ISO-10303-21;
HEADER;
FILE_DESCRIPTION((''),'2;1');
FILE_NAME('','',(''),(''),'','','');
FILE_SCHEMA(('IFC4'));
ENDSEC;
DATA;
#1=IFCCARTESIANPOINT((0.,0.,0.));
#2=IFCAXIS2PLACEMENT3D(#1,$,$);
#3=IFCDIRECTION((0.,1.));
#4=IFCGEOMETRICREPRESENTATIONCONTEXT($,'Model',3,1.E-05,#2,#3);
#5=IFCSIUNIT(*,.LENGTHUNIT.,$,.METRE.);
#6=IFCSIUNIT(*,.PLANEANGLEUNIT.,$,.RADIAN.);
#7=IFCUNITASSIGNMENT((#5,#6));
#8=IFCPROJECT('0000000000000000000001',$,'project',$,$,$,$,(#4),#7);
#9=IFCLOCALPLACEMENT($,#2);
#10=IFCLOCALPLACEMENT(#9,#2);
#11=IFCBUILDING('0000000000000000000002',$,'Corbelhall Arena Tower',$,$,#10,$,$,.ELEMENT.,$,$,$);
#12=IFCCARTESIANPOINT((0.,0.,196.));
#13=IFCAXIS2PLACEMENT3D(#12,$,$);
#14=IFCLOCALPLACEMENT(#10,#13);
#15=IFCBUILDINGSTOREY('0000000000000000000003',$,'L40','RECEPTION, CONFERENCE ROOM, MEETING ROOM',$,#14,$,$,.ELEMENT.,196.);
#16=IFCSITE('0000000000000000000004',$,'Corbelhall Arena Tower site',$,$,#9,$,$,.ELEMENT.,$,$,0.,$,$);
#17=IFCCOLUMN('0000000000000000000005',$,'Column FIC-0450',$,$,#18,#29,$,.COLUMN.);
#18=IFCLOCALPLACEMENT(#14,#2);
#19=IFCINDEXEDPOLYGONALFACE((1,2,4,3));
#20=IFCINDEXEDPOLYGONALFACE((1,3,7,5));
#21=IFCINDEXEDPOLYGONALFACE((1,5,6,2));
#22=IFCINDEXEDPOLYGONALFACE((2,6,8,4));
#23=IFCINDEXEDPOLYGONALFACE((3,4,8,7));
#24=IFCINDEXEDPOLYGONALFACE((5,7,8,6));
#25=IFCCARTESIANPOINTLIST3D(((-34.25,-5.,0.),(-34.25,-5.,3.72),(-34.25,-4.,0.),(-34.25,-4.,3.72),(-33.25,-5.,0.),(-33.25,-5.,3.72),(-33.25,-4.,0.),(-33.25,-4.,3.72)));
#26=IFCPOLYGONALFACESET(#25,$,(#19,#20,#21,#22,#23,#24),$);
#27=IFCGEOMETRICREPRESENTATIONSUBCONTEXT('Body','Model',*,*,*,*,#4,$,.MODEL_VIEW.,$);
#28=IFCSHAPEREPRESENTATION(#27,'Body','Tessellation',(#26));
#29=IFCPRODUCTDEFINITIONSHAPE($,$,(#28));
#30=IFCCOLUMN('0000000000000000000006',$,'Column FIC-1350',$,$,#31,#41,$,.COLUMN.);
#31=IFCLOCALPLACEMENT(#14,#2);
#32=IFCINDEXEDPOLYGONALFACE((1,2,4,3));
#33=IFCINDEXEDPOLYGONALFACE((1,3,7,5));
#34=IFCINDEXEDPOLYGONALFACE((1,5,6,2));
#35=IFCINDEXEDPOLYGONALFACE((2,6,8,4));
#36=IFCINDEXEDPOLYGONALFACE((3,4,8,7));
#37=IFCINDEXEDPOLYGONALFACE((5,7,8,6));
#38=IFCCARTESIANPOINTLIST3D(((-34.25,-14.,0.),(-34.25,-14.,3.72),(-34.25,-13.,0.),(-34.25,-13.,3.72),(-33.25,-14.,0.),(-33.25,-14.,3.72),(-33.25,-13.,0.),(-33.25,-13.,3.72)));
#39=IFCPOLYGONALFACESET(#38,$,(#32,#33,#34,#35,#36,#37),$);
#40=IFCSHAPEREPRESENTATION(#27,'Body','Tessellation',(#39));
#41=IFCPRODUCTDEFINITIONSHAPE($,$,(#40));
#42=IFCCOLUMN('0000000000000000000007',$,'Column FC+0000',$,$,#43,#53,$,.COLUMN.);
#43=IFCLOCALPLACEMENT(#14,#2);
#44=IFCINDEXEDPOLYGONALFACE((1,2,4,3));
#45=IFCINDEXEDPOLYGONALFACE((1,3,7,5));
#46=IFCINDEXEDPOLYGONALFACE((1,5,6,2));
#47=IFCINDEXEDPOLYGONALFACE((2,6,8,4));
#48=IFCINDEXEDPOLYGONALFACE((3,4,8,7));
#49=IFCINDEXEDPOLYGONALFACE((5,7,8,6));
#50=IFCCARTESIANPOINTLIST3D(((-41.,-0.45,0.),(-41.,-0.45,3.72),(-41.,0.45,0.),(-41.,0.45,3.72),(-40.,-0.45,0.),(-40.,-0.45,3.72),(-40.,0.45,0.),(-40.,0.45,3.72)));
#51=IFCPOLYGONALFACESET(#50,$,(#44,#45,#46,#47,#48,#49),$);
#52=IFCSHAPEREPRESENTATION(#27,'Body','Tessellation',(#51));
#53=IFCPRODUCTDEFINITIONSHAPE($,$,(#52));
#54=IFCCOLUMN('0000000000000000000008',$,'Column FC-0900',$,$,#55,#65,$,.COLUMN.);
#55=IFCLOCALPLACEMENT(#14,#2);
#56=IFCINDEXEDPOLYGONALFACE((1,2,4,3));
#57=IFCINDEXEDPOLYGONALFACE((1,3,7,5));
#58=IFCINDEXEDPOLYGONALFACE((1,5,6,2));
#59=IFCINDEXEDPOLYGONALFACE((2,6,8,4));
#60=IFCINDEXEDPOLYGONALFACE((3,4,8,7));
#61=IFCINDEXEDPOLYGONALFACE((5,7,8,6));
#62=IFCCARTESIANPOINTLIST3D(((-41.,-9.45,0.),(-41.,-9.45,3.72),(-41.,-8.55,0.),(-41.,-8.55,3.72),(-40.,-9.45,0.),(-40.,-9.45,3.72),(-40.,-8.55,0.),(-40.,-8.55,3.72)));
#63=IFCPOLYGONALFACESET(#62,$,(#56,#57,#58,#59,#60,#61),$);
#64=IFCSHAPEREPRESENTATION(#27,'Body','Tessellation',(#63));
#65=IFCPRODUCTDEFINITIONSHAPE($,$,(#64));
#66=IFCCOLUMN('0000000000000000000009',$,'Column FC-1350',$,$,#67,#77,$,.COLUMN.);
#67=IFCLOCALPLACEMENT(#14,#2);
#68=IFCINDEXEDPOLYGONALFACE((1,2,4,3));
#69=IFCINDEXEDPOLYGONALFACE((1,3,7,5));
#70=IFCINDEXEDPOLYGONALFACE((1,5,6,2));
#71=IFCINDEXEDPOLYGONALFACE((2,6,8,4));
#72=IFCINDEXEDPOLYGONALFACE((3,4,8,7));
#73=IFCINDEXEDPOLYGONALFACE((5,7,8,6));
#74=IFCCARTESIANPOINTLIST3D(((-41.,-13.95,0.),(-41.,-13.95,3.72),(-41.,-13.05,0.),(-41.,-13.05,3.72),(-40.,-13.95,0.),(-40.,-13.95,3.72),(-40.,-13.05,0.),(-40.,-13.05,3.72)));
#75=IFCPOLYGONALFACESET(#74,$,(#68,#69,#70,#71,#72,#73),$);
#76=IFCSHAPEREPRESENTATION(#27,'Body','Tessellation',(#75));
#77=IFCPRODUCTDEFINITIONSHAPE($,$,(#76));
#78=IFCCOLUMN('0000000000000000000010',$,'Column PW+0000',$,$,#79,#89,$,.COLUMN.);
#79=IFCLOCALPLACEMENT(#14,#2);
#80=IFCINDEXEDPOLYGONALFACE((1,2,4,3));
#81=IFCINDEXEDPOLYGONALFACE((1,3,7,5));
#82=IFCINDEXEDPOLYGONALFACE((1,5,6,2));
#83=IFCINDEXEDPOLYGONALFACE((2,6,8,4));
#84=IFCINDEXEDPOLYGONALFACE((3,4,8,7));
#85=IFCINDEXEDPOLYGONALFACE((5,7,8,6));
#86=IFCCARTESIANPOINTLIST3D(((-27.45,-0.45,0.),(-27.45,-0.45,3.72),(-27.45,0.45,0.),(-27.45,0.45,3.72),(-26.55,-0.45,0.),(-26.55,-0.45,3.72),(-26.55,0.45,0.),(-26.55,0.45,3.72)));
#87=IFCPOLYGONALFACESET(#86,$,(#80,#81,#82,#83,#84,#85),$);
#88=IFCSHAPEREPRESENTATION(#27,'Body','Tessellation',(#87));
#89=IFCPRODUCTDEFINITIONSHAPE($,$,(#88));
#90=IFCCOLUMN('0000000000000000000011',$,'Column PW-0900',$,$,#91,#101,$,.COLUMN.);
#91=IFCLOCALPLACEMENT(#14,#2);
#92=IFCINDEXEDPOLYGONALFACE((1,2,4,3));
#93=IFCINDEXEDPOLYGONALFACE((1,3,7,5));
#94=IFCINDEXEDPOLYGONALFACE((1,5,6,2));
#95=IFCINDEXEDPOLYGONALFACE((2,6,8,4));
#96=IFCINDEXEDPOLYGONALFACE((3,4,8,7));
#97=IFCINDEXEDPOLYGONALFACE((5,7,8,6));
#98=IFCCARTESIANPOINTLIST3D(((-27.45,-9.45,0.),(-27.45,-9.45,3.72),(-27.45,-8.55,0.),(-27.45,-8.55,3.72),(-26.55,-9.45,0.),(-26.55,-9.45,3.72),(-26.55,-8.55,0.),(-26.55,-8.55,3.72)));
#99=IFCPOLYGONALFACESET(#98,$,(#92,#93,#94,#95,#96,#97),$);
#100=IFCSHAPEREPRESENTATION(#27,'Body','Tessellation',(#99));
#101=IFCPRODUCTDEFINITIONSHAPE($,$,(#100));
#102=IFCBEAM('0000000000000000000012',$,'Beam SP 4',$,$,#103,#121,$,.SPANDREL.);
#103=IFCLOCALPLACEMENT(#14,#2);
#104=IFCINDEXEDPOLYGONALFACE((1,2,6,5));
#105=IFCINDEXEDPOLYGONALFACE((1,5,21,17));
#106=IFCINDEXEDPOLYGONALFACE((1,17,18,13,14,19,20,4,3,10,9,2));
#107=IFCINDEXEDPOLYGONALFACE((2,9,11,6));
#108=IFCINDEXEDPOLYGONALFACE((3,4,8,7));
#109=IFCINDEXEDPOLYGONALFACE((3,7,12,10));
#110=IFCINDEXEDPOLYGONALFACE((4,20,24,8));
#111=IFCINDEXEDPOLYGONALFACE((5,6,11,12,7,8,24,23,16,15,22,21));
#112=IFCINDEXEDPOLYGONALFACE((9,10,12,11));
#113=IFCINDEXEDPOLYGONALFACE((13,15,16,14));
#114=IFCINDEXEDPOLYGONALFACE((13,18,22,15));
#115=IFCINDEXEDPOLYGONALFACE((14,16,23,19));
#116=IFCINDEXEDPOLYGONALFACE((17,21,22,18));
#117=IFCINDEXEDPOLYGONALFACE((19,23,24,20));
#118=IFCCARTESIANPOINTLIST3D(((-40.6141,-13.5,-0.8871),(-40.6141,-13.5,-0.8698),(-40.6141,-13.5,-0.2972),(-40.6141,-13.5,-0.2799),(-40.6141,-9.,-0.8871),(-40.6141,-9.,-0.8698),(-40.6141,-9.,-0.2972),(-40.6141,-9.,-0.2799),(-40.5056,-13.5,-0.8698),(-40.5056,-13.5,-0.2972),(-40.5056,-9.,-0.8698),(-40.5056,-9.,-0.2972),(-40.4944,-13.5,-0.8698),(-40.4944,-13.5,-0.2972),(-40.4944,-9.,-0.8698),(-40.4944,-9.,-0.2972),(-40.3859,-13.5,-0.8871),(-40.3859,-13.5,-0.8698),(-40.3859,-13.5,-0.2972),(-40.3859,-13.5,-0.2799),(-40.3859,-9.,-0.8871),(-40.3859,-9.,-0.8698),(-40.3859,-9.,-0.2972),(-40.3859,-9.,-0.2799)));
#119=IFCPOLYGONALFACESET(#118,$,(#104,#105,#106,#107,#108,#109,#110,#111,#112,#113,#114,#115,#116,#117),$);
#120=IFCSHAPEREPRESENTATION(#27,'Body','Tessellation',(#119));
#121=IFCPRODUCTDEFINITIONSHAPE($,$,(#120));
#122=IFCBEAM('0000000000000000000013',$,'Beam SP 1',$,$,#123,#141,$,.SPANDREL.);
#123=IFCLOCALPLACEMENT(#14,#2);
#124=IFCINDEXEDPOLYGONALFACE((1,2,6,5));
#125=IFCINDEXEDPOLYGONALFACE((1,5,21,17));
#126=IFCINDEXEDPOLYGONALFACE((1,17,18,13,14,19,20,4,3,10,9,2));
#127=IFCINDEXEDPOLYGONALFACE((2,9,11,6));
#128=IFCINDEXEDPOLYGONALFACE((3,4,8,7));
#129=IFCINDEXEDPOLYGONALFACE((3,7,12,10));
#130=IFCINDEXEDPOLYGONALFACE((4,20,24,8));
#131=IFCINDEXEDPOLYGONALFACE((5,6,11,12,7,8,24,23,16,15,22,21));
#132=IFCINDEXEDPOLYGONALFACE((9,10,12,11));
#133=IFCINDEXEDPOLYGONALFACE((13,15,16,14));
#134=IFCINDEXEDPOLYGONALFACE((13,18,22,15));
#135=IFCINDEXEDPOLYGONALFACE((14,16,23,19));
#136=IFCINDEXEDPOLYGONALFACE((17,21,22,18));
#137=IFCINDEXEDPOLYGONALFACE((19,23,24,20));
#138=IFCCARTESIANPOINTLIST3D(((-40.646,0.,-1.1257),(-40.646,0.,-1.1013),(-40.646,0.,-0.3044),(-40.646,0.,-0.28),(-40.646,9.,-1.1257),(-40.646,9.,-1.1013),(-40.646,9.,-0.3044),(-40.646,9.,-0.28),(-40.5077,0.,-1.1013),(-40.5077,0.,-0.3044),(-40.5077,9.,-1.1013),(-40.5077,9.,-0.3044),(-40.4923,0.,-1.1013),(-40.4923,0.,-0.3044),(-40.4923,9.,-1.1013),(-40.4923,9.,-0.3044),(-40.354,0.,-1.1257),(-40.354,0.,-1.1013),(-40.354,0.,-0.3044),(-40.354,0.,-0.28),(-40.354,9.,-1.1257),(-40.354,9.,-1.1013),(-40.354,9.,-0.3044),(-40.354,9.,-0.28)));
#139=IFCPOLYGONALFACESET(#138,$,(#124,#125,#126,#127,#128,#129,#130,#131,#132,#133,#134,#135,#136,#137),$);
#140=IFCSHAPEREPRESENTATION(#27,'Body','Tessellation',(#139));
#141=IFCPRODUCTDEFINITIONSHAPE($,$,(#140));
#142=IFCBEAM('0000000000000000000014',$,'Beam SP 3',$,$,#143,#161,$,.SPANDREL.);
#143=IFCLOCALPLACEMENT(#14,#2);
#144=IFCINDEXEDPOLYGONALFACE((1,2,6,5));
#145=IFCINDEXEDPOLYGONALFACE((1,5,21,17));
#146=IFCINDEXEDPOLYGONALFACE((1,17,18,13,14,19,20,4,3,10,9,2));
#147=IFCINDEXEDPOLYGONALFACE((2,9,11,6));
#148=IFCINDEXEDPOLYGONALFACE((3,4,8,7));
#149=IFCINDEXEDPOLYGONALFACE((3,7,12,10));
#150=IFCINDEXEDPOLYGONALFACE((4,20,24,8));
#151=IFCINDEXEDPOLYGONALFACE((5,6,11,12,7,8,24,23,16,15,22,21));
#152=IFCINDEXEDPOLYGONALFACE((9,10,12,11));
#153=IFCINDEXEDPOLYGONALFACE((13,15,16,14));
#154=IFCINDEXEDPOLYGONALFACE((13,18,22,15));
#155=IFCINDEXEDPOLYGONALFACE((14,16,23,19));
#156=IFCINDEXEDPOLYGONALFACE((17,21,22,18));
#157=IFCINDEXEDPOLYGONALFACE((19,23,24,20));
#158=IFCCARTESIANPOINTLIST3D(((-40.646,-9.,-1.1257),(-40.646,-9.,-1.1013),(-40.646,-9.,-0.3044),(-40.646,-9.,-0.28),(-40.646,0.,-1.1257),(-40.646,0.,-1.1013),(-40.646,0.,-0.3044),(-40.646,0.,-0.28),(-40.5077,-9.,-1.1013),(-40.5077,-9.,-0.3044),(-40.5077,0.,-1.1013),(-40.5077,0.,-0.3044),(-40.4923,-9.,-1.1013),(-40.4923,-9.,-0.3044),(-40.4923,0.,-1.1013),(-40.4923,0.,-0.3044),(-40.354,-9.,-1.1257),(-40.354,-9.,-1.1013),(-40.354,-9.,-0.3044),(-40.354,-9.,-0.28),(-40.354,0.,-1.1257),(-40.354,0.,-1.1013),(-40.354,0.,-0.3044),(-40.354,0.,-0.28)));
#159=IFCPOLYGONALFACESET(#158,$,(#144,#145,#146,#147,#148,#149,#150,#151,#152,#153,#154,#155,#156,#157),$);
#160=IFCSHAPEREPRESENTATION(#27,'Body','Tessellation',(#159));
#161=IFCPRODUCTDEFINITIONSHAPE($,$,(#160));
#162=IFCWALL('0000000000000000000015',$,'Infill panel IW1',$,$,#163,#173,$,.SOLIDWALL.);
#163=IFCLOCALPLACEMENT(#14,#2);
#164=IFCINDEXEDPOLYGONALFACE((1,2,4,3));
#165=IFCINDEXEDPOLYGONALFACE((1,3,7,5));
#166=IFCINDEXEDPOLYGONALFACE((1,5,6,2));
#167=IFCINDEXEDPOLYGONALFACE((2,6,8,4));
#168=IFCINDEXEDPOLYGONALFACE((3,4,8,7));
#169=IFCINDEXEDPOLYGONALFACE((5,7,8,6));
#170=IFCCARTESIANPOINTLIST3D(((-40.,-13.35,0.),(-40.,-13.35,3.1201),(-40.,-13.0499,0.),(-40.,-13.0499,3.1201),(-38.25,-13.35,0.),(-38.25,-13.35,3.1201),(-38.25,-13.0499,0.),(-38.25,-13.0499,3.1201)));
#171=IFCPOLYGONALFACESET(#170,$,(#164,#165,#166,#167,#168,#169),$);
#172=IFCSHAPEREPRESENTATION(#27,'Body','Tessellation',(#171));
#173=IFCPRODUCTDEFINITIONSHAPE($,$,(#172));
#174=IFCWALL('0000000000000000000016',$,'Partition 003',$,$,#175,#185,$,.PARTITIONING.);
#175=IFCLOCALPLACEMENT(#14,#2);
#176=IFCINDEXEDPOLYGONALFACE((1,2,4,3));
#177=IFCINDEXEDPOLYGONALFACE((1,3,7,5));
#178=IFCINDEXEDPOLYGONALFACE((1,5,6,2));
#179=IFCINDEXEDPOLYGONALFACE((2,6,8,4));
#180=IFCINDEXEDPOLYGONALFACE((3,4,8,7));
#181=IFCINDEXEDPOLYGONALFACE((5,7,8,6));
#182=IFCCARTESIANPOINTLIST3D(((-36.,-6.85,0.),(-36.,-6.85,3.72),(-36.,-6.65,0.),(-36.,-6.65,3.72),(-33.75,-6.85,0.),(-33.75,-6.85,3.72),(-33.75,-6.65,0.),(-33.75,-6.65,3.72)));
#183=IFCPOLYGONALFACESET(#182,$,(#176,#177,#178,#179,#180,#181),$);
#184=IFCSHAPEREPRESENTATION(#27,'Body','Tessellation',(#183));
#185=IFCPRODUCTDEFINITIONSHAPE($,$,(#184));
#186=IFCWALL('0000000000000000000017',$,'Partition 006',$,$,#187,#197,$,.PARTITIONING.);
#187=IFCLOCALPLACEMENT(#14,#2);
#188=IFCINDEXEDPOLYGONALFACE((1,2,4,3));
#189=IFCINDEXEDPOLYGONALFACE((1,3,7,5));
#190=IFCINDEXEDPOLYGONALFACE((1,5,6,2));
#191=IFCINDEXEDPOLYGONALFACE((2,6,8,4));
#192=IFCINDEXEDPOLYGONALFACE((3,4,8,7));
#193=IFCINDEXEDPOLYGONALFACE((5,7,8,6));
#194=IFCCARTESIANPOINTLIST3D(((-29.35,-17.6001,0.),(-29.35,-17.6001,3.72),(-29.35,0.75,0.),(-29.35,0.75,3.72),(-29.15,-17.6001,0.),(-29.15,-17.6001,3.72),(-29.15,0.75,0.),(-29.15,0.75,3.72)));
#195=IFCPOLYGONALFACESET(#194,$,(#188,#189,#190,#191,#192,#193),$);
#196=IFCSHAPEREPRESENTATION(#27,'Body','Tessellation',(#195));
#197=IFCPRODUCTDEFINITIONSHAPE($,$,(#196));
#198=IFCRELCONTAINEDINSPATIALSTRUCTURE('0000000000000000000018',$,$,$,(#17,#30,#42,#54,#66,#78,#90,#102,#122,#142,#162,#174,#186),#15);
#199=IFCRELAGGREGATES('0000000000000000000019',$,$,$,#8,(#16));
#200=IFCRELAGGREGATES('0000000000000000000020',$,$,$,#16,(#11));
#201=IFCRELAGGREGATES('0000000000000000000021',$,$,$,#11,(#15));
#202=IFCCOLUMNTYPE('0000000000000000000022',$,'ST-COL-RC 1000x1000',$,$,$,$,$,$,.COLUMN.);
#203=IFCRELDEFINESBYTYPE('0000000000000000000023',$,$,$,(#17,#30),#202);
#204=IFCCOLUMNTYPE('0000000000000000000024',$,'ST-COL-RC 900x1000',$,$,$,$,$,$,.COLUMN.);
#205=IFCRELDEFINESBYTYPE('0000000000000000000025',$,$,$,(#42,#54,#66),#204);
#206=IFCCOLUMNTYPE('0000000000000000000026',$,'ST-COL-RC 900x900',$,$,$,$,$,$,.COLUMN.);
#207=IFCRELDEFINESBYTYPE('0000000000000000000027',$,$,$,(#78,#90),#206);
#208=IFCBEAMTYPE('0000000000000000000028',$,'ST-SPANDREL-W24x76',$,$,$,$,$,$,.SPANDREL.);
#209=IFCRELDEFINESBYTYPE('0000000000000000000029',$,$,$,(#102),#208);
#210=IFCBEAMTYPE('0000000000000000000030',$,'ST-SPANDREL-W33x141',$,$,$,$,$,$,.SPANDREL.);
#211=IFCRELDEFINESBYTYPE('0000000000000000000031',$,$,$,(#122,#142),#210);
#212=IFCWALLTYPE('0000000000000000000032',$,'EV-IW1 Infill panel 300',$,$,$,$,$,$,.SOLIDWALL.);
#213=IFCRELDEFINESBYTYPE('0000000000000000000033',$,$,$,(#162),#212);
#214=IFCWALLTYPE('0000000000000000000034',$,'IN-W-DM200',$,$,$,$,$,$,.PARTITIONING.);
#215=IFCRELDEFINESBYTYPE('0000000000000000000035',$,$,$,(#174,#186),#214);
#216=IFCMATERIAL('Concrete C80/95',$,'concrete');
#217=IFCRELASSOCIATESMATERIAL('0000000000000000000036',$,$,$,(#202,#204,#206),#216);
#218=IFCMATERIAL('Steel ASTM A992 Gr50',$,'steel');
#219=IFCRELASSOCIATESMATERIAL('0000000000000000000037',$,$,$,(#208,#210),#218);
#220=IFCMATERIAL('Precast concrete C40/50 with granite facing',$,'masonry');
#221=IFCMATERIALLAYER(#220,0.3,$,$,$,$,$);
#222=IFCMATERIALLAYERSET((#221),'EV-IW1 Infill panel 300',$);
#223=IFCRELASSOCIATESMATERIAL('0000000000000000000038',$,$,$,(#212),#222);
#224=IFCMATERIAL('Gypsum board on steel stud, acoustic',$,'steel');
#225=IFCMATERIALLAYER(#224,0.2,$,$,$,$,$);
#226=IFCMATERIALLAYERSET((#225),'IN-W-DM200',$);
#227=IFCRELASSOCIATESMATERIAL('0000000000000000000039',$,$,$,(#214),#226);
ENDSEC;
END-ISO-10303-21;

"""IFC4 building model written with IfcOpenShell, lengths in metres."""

from ifc_helpers import new_model, si_unit, direction, frame, frame_2d, origin, origin_2d, place, context, subcontext, project, spatial, rectangle, i_section, extrude, material, layer, layer_set, material_profile, profile_set, type_object, element, save


model = new_model("IFC4")

# Units and contexts
model_context = context("Model", 3, precision=1e-05, world=origin(), true_north=direction((0.0, 1.0)))
body_context = subcontext(model_context, "Body", "Model", "MODEL_VIEW")
ifc_project = project(units=[si_unit("LENGTHUNIT", "METRE"), si_unit("PLANEANGLEUNIT", "RADIAN")], contexts=[model_context])

# Site, building, storey
site_placement = place(None, origin())
site = spatial("IfcSite", under=ifc_project, at=site_placement, Name="Corbelhall Arena Tower site", CompositionType="ELEMENT", RefElevation=0.0)
building_placement = place(site_placement, origin())
building = spatial("IfcBuilding", under=site, at=building_placement, Name="Corbelhall Arena Tower", CompositionType="ELEMENT")
storey_placement = place(building_placement, frame((0.0, 0.0, 196.0)))
storey = spatial("IfcBuildingStorey", under=building, at=storey_placement, Name="L40", Description="RECEPTION, CONFERENCE ROOM, MEETING ROOM", CompositionType="ELEMENT", Elevation=196.0)

# Columns
ifc_material_1 = material(Name="Concrete C80/95", Category="concrete")
ifc_material_profile_1 = material_profile(ifc_material_1, rectangle(XDim=1.0, YDim=1.0, at=origin_2d()))
ifc_profile_set_1 = profile_set([ifc_material_profile_1], Name="Concrete C80/95")
column_type_1 = type_object("IfcColumnType", Name="ST-COL-RC 1000x1000", PredefinedType="COLUMN", material=ifc_profile_set_1)
for number, where, z_axis, x_axis, name in (
    (1, (-33.75, -4.5, 0.0), (0.0, 0.0, 1.0), (1.0, 0.0, 0.0), "Column FIC-0450"),
    (2, (-33.75, -13.5, 0.0), (0.0, 0.0, 1.0), (1.0, 0.0, 0.0), "Column FIC-1350"),
):
    element("IfcColumn", number, at=place(storey_placement, frame(where, z_axis=z_axis, x_axis=x_axis)), inside=storey, type_object=column_type_1, Name=name, PredefinedType="COLUMN", context=body_context, shape_type="SweptSolid", body=[
        extrude(rectangle(XDim=1.0, YDim=1.0, at=origin_2d()), origin(), (0.0, 0.0, 1.0), 3.72),
    ])
ifc_material_profile_2 = material_profile(ifc_material_1, rectangle(XDim=0.8999, YDim=1.0, at=origin_2d()))
ifc_profile_set_2 = profile_set([ifc_material_profile_2], Name="Concrete C80/95")
column_type_2 = type_object("IfcColumnType", Name="ST-COL-RC 900x1000", PredefinedType="COLUMN", material=ifc_profile_set_2)
for number, where, z_axis, x_axis, name in (
    (3, (-40.5, 0.0, 0.0), (0.0, 0.0, 1.0), (0.0, 1.0, 0.0), "Column FC+0000"),
    (4, (-40.5, -9.0, 0.0), (0.0, 0.0, 1.0), (0.0, 1.0, 0.0), "Column FC-0900"),
    (5, (-40.5, -13.5, 0.0), (0.0, 0.0, 1.0), (0.0, 1.0, 0.0), "Column FC-1350"),
):
    element("IfcColumn", number, at=place(storey_placement, frame(where, z_axis=z_axis, x_axis=x_axis)), inside=storey, type_object=column_type_2, Name=name, PredefinedType="COLUMN", context=body_context, shape_type="SweptSolid", body=[
        extrude(rectangle(XDim=0.8999, YDim=1.0, at=origin_2d()), origin(), (0.0, 0.0, 1.0), 3.72),
    ])
ifc_material_profile_3 = material_profile(ifc_material_1, rectangle(XDim=0.8999, YDim=0.8999, at=origin_2d()))
ifc_profile_set_3 = profile_set([ifc_material_profile_3], Name="Concrete C80/95")
column_type_3 = type_object("IfcColumnType", Name="ST-COL-RC 900x900", PredefinedType="COLUMN", material=ifc_profile_set_3)
for number, where, z_axis, x_axis, name in (
    (6, (-27.0, 0.0, 0.0), (0.0, 0.0, 1.0), (1.0, 0.0, 0.0), "Column PW+0000"),
    (7, (-27.0, -9.0, 0.0), (0.0, 0.0, 1.0), (1.0, 0.0, 0.0), "Column PW-0900"),
):
    element("IfcColumn", number, at=place(storey_placement, frame(where, z_axis=z_axis, x_axis=x_axis)), inside=storey, type_object=column_type_3, Name=name, PredefinedType="COLUMN", context=body_context, shape_type="SweptSolid", body=[
        extrude(rectangle(XDim=0.8999, YDim=0.8999, at=origin_2d()), origin(), (0.0, 0.0, 1.0), 3.72),
    ])

# Beams
ifc_material_2 = material(Name="Steel ASTM A992 Gr50", Category="steel")
ifc_material_profile_4 = material_profile(ifc_material_2, i_section(OverallWidth=0.2283, OverallDepth=0.6072, WebThickness=0.0112, FlangeThickness=0.0173, at=origin_2d()))
ifc_profile_set_4 = profile_set([ifc_material_profile_4], Name="Steel ASTM A992 Gr50")
beam_type_1 = type_object("IfcBeamType", Name="ST-SPANDREL-W24x76", PredefinedType="SPANDREL", material=ifc_profile_set_4)
beam_placement = place(storey_placement, frame((-40.5, -13.5, -0.5835), z_axis=(0.0, 1.0, 0.0), x_axis=(-1.0, 0.0, 0.0)))
element("IfcBeam", 8, at=beam_placement, inside=storey, type_object=beam_type_1, Name="Beam SP 4", PredefinedType="SPANDREL", context=body_context, shape_type="SweptSolid", body=[
    extrude(i_section(OverallWidth=0.2283, OverallDepth=0.6072, WebThickness=0.0112, FlangeThickness=0.0173, at=origin_2d()), origin(), (0.0, 0.0, 1.0), 4.5),
])
ifc_material_profile_5 = material_profile(ifc_material_2, i_section(OverallWidth=0.292, OverallDepth=0.8457, WebThickness=0.0154, FlangeThickness=0.0244, at=origin_2d()))
ifc_profile_set_5 = profile_set([ifc_material_profile_5], Name="Steel ASTM A992 Gr50")
beam_type_2 = type_object("IfcBeamType", Name="ST-SPANDREL-W33x141", PredefinedType="SPANDREL", material=ifc_profile_set_5)
for number, where, z_axis, x_axis, name in (
    (9, (-40.5, 0.0, -0.7029), (0.0, 1.0, 0.0), (-1.0, 0.0, 0.0), "Beam SP 1"),
    (10, (-40.5, -9.0, -0.7029), (0.0, 1.0, 0.0), (-1.0, 0.0, 0.0), "Beam SP 3"),
):
    element("IfcBeam", number, at=place(storey_placement, frame(where, z_axis=z_axis, x_axis=x_axis)), inside=storey, type_object=beam_type_2, Name=name, PredefinedType="SPANDREL", context=body_context, shape_type="SweptSolid", body=[
        extrude(i_section(OverallWidth=0.292, OverallDepth=0.8457, WebThickness=0.0154, FlangeThickness=0.0244, at=origin_2d()), origin(), (0.0, 0.0, 1.0), 9.0),
    ])

# Wall
ifc_material_3 = material(Name="Precast concrete C40/50 with granite facing", Category="masonry")
ifc_layer_1 = layer(ifc_material_3, 0.3)
ifc_layer_set_1 = layer_set([ifc_layer_1], Name="EV-IW1 Infill panel 300")
wall_type_1 = type_object("IfcWallType", Name="EV-IW1 Infill panel 300", PredefinedType="SOLIDWALL", material=ifc_layer_set_1)
wall_1_placement = place(storey_placement, frame((-40.0, -13.2, 0.0), z_axis=(0.0, 0.0, 1.0), x_axis=(1.0, 0.0, 0.0)))
element("IfcWall", 11, at=wall_1_placement, inside=storey, type_object=wall_type_1, Name="Infill panel IW1", PredefinedType="SOLIDWALL", context=body_context, shape_type="SweptSolid", body=[
    extrude(rectangle(XDim=1.75, YDim=0.3, at=frame_2d((0.875, 0.0))), origin(), (0.0, 0.0, 1.0), 3.1201),
])

# Wall
ifc_material_4 = material(Name="Gypsum board on steel stud, acoustic", Category="steel")
ifc_layer_2 = layer(ifc_material_4, 0.2)
ifc_layer_set_2 = layer_set([ifc_layer_2], Name="IN-W-DM200")
wall_type_2 = type_object("IfcWallType", Name="IN-W-DM200", PredefinedType="PARTITIONING", material=ifc_layer_set_2)
wall_2_placement = place(storey_placement, frame((-33.75, -6.75, 0.0), z_axis=(0.0, 0.0, 1.0), x_axis=(-1.0, 0.0, 0.0)))
element("IfcWall", 12, at=wall_2_placement, inside=storey, type_object=wall_type_2, Name="Partition 003", PredefinedType="PARTITIONING", context=body_context, shape_type="SweptSolid", body=[
    extrude(rectangle(XDim=2.25, YDim=0.2, at=frame_2d((1.125, 0.0))), origin(), (0.0, 0.0, 1.0), 3.72),
])

# Wall
wall_3_placement = place(storey_placement, frame((-29.25, 0.75, 0.0), z_axis=(0.0, 0.0, 1.0), x_axis=(0.0, -1.0, 0.0)))
element("IfcWall", 13, at=wall_3_placement, inside=storey, type_object=wall_type_2, Name="Partition 006", PredefinedType="PARTITIONING", context=body_context, shape_type="SweptSolid", body=[
    extrude(rectangle(XDim=18.3501, YDim=0.2, at=frame_2d((9.175, 0.0))), origin(), (0.0, 0.0, 1.0), 3.72),
])

save(model, "model.ifc")
